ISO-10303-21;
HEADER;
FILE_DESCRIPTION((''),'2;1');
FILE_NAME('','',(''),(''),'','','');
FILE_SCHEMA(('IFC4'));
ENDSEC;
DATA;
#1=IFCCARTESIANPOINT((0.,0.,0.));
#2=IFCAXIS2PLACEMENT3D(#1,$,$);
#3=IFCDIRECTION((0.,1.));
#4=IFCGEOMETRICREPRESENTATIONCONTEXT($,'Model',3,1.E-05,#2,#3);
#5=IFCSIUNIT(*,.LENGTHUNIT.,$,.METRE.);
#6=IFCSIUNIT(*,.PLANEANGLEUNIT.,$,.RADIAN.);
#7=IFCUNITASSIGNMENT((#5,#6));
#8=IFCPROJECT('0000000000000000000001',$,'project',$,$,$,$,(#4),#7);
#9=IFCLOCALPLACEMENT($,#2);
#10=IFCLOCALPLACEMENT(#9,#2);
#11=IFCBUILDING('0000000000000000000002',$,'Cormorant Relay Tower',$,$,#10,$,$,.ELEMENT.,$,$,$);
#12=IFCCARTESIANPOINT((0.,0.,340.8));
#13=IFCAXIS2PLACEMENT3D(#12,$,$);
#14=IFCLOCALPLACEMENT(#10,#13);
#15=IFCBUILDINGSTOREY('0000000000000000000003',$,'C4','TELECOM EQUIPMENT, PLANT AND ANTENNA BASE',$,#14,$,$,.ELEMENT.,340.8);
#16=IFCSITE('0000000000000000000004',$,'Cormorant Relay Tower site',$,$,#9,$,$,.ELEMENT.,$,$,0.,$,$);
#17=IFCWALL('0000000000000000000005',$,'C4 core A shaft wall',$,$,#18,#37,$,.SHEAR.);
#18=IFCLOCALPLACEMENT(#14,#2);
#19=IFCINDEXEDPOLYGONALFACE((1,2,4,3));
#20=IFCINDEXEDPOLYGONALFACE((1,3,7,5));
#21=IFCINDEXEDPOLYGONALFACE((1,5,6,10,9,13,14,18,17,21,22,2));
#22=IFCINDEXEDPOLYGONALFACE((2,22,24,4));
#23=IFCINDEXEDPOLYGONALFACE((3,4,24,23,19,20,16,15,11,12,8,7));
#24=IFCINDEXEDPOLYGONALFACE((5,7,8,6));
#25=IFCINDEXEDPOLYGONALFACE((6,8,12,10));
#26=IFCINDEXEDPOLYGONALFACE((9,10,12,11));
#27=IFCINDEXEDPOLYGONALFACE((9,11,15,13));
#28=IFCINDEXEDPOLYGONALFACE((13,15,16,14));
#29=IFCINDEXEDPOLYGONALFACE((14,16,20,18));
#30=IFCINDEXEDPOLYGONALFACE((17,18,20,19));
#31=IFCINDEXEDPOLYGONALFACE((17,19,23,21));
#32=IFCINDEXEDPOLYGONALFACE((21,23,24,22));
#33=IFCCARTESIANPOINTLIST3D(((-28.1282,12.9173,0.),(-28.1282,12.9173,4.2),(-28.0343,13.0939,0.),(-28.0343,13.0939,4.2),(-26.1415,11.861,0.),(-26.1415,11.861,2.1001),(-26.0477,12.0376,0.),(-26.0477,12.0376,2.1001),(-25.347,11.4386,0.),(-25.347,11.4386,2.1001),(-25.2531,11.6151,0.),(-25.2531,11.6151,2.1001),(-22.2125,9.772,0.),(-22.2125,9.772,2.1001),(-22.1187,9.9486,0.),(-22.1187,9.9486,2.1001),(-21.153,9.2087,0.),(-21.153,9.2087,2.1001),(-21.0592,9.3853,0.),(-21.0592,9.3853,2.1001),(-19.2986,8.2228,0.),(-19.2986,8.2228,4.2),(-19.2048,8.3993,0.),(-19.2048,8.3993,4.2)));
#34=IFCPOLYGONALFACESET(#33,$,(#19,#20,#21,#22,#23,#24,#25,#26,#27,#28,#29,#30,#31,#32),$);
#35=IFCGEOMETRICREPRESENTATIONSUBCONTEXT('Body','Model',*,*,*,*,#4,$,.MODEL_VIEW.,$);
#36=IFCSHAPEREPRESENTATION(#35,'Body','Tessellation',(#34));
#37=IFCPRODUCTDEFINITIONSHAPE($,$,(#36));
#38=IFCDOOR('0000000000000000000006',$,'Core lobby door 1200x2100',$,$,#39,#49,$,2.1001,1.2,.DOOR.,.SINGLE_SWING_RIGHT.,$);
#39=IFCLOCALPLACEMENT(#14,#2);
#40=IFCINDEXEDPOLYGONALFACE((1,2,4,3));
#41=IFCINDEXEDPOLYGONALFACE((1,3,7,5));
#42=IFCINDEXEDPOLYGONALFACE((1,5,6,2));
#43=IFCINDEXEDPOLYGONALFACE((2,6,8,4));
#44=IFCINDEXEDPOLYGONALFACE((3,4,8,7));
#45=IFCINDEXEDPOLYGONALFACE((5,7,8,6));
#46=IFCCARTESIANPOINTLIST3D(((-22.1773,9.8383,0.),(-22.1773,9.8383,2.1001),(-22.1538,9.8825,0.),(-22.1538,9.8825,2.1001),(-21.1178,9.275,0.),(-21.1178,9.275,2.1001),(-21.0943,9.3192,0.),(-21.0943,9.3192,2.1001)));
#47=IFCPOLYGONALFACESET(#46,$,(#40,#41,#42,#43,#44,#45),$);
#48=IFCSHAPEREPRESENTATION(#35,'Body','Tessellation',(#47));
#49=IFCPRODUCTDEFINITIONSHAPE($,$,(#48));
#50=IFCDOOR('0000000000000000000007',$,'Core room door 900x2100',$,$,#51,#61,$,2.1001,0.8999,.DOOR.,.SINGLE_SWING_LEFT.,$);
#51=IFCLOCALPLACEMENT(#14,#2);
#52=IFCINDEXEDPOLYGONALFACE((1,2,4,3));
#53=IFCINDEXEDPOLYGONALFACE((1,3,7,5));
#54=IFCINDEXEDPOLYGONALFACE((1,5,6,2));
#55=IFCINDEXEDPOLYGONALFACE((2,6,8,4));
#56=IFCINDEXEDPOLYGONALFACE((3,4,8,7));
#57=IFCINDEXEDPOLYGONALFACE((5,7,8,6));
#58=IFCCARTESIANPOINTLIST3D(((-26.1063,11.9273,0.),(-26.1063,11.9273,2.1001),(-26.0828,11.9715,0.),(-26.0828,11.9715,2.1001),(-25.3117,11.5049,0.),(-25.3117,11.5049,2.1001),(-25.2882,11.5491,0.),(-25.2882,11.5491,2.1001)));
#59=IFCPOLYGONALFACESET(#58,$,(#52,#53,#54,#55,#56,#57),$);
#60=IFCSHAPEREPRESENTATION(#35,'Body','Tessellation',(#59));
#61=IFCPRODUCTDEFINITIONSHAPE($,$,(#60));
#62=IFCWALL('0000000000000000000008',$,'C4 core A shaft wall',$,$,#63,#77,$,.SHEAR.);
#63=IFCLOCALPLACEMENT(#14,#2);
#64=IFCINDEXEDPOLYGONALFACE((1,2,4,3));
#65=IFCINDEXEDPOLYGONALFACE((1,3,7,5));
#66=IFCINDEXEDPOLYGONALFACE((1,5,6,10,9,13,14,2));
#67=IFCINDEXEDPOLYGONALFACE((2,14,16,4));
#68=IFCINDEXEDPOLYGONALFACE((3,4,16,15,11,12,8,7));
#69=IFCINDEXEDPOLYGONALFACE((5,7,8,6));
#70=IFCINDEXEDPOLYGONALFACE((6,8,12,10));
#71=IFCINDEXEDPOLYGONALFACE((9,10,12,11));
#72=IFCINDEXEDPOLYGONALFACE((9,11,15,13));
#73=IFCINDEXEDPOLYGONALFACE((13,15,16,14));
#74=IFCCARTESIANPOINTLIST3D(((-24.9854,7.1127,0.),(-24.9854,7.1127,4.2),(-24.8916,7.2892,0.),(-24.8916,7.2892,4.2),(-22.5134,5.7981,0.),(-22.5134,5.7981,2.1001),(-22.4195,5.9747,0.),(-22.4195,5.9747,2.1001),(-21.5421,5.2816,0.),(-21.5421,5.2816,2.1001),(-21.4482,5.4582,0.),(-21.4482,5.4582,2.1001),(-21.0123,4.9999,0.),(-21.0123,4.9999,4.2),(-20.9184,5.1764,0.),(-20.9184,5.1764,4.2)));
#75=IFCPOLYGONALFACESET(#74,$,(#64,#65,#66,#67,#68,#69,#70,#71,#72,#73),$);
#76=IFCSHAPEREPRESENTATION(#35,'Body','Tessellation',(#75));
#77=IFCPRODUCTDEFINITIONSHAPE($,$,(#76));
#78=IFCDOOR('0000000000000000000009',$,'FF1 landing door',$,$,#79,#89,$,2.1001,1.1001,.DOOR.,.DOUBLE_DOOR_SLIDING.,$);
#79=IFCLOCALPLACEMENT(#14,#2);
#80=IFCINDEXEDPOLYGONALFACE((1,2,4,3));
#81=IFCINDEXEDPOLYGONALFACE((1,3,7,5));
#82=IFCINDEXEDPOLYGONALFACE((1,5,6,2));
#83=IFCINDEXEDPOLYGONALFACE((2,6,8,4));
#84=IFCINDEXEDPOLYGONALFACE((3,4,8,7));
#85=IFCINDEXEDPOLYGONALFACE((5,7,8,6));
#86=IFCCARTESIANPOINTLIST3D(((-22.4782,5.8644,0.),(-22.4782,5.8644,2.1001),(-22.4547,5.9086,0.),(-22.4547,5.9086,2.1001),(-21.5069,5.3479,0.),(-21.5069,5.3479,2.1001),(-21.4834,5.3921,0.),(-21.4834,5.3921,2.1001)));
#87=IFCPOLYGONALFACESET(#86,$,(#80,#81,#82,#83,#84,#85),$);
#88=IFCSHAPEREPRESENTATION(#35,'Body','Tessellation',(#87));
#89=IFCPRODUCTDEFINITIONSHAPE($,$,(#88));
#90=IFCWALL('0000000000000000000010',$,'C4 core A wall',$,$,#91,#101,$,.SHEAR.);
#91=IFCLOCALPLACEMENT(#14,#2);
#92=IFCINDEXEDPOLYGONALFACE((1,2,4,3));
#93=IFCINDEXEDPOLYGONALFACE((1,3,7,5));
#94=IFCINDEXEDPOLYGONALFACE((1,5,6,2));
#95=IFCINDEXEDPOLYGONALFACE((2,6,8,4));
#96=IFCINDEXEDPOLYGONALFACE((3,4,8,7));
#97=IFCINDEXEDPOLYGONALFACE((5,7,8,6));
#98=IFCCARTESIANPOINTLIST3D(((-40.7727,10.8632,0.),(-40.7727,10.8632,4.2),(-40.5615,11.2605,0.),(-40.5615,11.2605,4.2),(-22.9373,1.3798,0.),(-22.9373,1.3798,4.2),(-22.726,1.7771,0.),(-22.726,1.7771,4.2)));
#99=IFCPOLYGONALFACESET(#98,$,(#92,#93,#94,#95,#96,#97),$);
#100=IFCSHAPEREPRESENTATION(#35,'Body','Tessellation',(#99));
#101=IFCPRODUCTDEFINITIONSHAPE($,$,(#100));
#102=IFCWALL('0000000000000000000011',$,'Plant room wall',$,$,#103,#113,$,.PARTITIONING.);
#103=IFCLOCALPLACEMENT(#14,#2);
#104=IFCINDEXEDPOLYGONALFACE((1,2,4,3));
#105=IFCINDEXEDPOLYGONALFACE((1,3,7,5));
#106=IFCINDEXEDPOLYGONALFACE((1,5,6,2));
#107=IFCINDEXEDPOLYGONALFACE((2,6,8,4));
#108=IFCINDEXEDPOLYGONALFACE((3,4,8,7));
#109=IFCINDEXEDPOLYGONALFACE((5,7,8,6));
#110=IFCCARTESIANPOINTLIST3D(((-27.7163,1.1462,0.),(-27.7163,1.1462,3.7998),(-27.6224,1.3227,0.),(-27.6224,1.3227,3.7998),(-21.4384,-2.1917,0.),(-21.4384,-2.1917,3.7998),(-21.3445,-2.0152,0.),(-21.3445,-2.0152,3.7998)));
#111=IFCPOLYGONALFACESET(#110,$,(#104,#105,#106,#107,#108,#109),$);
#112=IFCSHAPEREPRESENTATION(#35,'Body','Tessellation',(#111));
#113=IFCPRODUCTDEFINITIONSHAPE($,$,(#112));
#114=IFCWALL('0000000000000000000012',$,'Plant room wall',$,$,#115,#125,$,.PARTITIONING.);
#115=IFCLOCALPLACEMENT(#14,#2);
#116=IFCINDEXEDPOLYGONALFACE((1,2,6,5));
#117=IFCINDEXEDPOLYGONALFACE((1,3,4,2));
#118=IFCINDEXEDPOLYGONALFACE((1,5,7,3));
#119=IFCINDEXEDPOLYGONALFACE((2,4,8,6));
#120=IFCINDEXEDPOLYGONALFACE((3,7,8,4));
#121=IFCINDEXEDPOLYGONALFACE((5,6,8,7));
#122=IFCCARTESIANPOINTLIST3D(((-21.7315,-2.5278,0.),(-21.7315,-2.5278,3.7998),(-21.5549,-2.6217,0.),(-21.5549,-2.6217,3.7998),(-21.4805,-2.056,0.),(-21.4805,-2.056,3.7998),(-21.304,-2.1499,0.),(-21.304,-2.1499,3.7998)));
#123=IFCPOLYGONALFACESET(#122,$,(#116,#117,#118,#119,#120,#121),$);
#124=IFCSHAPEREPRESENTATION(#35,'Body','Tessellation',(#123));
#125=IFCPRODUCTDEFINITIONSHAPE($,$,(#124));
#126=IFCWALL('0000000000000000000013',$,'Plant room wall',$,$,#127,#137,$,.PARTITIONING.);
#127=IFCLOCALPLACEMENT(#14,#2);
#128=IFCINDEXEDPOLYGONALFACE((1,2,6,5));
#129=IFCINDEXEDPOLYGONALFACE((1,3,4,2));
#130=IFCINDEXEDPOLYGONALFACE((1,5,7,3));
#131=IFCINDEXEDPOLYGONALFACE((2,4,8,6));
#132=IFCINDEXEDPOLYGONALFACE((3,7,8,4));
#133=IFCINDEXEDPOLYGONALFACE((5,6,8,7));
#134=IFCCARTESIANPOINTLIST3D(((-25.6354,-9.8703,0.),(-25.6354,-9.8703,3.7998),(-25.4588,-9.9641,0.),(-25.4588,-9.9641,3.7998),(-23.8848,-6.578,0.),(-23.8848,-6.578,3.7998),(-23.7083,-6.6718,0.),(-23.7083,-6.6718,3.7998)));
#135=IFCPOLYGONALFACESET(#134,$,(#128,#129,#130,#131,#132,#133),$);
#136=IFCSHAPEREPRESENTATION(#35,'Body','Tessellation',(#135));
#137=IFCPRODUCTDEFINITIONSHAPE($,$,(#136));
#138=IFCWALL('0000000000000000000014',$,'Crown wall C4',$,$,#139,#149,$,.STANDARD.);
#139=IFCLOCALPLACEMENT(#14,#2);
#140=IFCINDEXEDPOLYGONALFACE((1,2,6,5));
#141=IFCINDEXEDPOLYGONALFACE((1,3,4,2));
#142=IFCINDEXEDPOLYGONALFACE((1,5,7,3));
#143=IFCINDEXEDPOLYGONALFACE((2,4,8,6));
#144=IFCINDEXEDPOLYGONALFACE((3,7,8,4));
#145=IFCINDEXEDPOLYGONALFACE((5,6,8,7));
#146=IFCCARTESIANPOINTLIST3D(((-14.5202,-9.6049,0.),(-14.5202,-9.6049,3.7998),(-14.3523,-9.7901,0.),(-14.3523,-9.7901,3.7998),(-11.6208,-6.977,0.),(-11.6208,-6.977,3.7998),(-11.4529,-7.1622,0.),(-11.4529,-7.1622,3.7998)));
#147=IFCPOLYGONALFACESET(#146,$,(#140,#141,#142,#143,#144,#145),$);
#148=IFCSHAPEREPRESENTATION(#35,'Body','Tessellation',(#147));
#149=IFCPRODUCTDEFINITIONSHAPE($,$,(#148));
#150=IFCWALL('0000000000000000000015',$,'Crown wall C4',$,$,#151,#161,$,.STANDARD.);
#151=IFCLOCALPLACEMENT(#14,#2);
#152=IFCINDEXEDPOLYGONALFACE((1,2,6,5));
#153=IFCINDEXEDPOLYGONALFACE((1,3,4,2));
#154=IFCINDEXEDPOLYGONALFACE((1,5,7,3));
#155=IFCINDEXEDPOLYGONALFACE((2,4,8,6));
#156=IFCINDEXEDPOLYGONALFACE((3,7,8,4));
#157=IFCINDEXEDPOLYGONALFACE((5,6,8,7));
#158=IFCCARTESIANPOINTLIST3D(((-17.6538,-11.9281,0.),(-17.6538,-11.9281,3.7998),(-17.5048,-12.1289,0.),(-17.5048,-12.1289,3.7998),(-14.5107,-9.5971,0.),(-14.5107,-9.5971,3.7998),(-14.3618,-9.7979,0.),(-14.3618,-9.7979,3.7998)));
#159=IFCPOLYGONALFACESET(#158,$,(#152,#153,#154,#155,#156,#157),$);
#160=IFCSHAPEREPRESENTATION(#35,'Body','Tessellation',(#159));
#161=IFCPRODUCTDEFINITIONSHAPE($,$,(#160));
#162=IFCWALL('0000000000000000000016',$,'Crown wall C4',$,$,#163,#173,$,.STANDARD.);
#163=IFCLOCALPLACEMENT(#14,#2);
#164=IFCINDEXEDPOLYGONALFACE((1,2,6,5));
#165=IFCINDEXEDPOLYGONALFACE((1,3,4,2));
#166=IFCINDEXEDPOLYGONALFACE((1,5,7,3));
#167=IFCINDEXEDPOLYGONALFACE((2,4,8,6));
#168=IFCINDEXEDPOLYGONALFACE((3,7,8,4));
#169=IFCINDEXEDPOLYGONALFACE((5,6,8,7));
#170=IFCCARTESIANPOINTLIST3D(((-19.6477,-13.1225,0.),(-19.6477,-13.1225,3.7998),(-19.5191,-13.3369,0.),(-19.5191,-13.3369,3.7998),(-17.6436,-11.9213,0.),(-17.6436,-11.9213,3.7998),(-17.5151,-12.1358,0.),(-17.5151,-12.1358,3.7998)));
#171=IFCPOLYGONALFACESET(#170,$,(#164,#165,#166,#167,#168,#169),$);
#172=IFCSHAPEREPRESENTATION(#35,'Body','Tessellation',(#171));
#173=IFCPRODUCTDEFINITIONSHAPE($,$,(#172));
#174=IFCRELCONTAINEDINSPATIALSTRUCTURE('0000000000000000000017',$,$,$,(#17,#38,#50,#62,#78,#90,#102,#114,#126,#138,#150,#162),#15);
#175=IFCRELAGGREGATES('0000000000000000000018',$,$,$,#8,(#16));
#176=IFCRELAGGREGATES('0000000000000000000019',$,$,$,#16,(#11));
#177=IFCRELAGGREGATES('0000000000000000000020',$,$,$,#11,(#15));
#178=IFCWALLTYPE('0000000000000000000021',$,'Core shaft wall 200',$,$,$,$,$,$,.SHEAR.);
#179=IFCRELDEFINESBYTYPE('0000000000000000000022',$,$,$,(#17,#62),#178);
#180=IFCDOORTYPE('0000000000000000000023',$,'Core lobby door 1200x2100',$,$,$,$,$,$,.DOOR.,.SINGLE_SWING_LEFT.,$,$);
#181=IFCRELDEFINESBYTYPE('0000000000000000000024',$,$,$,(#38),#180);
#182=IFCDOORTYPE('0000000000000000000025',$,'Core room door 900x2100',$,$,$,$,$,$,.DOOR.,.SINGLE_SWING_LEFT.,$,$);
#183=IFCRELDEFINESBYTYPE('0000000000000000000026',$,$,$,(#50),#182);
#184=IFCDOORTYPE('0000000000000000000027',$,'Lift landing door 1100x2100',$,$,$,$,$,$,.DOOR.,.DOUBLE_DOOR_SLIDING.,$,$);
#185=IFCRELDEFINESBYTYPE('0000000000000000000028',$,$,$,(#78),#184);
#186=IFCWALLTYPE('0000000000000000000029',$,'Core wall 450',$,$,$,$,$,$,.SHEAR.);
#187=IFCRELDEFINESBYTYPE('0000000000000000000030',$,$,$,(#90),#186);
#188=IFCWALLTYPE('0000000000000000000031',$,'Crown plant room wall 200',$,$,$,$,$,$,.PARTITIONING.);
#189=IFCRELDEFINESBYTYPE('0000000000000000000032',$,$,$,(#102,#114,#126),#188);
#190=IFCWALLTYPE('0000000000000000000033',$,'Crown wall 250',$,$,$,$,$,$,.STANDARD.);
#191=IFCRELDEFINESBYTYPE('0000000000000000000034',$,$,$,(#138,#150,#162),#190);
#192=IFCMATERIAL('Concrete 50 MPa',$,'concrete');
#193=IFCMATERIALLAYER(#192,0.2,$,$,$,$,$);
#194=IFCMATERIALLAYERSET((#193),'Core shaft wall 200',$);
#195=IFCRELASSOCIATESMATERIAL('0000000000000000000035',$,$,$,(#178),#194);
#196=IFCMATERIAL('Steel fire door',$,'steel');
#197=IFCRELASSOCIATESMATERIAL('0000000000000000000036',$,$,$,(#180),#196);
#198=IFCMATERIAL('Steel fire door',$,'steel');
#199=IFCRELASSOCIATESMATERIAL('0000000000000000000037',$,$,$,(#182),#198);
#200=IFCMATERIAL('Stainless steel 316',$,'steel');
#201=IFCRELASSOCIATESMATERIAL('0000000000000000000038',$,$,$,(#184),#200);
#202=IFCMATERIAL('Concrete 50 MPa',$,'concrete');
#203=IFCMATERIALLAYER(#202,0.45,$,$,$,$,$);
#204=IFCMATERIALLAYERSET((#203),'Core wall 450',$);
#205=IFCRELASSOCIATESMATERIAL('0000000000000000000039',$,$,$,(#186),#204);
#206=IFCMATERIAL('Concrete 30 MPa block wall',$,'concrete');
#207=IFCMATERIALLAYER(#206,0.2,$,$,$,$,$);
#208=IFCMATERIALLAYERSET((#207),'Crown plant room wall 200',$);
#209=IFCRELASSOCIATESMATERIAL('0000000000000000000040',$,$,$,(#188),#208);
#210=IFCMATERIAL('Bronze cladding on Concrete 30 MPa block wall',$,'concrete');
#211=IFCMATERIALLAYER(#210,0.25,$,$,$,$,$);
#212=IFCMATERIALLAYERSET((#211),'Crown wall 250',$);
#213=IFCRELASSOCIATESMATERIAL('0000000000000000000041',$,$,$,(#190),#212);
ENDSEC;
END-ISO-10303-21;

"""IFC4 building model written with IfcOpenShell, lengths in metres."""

from ifc_helpers import new_model, si_unit, direction, frame, frame_2d, origin, place, context, subcontext, project, spatial, rectangle, extrude, material, layer, layer_set, type_object, element, fill, save


model = new_model("IFC4")

# Units and contexts
model_context = context("Model", 3, precision=1e-05, world=origin(), true_north=direction((0.0, 1.0)))
body_context = subcontext(model_context, "Body", "Model", "MODEL_VIEW")
ifc_project = project(units=[si_unit("LENGTHUNIT", "METRE"), si_unit("PLANEANGLEUNIT", "RADIAN")], contexts=[model_context])

# Site, building, storey
site_placement = place(None, origin())
site = spatial("IfcSite", under=ifc_project, at=site_placement, Name="Cormorant Relay Tower site", CompositionType="ELEMENT", RefElevation=0.0)
building_placement = place(site_placement, origin())
building = spatial("IfcBuilding", under=site, at=building_placement, Name="Cormorant Relay Tower", CompositionType="ELEMENT")
storey_placement = place(building_placement, frame((0.0, 0.0, 340.8)))
storey = spatial("IfcBuildingStorey", under=building, at=storey_placement, Name="C4", Description="TELECOM EQUIPMENT, PLANT AND ANTENNA BASE", CompositionType="ELEMENT", Elevation=340.8)

# Shared definitions
ifc_material_1 = material(Name="Concrete 50 MPa", Category="concrete")
ifc_layer_1 = layer(ifc_material_1, 0.2)
ifc_layer_set_1 = layer_set([ifc_layer_1], Name="Core shaft wall 200")
wall_type_1 = type_object("IfcWallType", Name="Core shaft wall 200", PredefinedType="SHEAR", material=ifc_layer_set_1)

# Wall, openings, doors
wall_1_placement = place(storey_placement, frame((-19.2517, 8.311, 0.0), z_axis=(0.0, 0.0, 1.0), x_axis=(-0.882956, 0.469456, 0.0)))
wall_1 = element("IfcWall", 1, at=wall_1_placement, inside=storey, type_object=wall_type_1, Name="C4 core A shaft wall", PredefinedType="SHEAR", context=body_context, shape_type="SweptSolid", body=[
    extrude(rectangle(XDim=10.0, YDim=0.2, at=frame_2d((5.0, 0.0))), origin(), (0.0, 0.0, 1.0), 4.2),
])
opening_1_placement = place(wall_1_placement, frame((2.1001, 0.0, 0.0)))
opening_1 = element("IfcOpeningElement", 2, at=opening_1_placement, cuts=wall_1, PredefinedType="OPENING", context=body_context, shape_type="SweptSolid", body=[
    extrude(rectangle(XDim=1.2, YDim=2.1001, at=frame_2d((0.6001, 1.05))), frame((0.0, 0.1099, 0.0), z_axis=(0.0, -1.0, 0.0), x_axis=(1.0, 0.0, 0.0)), (0.0, 0.0, 1.0), 0.22),
])
opening_2_placement = place(wall_1_placement, frame((6.8501, 0.0, 0.0)))
opening_2 = element("IfcOpeningElement", 3, at=opening_2_placement, cuts=wall_1, PredefinedType="OPENING", context=body_context, shape_type="SweptSolid", body=[
    extrude(rectangle(XDim=0.8999, YDim=2.1001, at=frame_2d((0.45, 1.05))), frame((0.0, 0.1099, 0.0), z_axis=(0.0, -1.0, 0.0), x_axis=(1.0, 0.0, 0.0)), (0.0, 0.0, 1.0), 0.22),
])
ifc_material_2 = material(Name="Steel fire door", Category="steel")
door_type_1 = type_object("IfcDoorType", Name="Core lobby door 1200x2100", OperationType="SINGLE_SWING_LEFT", PredefinedType="DOOR", material=ifc_material_2)
door_1_placement = place(opening_1_placement, origin())
door_1 = element("IfcDoor", 4, at=door_1_placement, inside=storey, type_object=door_type_1, Name="Core lobby door 1200x2100", OperationType="SINGLE_SWING_RIGHT", OverallHeight=2.1001, OverallWidth=1.2, PredefinedType="DOOR", context=body_context, shape_type="SweptSolid", body=[
    extrude(rectangle(XDim=1.2, YDim=2.1001, at=frame_2d((0.6001, 1.05))), frame((0.0, 0.0249, 0.0), z_axis=(0.0, -1.0, 0.0), x_axis=(1.0, 0.0, 0.0)), (0.0, 0.0, 1.0), 0.05),
])
fill(opening_1, door_1)
ifc_material_3 = material(Name="Steel fire door", Category="steel")
door_type_2 = type_object("IfcDoorType", Name="Core room door 900x2100", OperationType="SINGLE_SWING_LEFT", PredefinedType="DOOR", material=ifc_material_3)
door_2_placement = place(opening_2_placement, origin())
door_2 = element("IfcDoor", 5, at=door_2_placement, inside=storey, type_object=door_type_2, Name="Core room door 900x2100", OperationType="SINGLE_SWING_LEFT", OverallHeight=2.1001, OverallWidth=0.8999, PredefinedType="DOOR", context=body_context, shape_type="SweptSolid", body=[
    extrude(rectangle(XDim=0.8999, YDim=2.1001, at=frame_2d((0.45, 1.05))), frame((0.0, 0.0249, 0.0), z_axis=(0.0, -1.0, 0.0), x_axis=(1.0, 0.0, 0.0)), (0.0, 0.0, 1.0), 0.05),
])
fill(opening_2, door_2)

# Wall, opening, door
wall_2_placement = place(storey_placement, frame((-20.9653, 5.0881, 0.0), z_axis=(0.0, 0.0, 1.0), x_axis=(-0.882926, 0.469512, 0.0)))
wall_2 = element("IfcWall", 6, at=wall_2_placement, inside=storey, type_object=wall_type_1, Name="C4 core A shaft wall", PredefinedType="SHEAR", context=body_context, shape_type="SweptSolid", body=[
    extrude(rectangle(XDim=4.5, YDim=0.2, at=frame_2d((2.25, 0.0))), origin(), (0.0, 0.0, 1.0), 4.2),
])
opening_3_placement = place(wall_2_placement, frame((0.6001, 0.0, 0.0)))
opening_3 = element("IfcOpeningElement", 7, at=opening_3_placement, cuts=wall_2, PredefinedType="OPENING", context=body_context, shape_type="SweptSolid", body=[
    extrude(rectangle(XDim=1.1001, YDim=2.1001, at=frame_2d((0.55, 1.05))), frame((0.0, 0.1099, 0.0), z_axis=(0.0, -1.0, 0.0), x_axis=(1.0, 0.0, 0.0)), (0.0, 0.0, 1.0), 0.22),
])
ifc_material_4 = material(Name="Stainless steel 316", Category="steel")
door_type_3 = type_object("IfcDoorType", Name="Lift landing door 1100x2100", OperationType="DOUBLE_DOOR_SLIDING", PredefinedType="DOOR", material=ifc_material_4)
door_3_placement = place(opening_3_placement, origin())
door_3 = element("IfcDoor", 8, at=door_3_placement, inside=storey, type_object=door_type_3, Name="FF1 landing door", OperationType="DOUBLE_DOOR_SLIDING", OverallHeight=2.1001, OverallWidth=1.1001, PredefinedType="DOOR", context=body_context, shape_type="SweptSolid", body=[
    extrude(rectangle(XDim=1.1001, YDim=2.1001, at=frame_2d((0.55, 1.05))), frame((0.0, 0.0249, 0.0), z_axis=(0.0, -1.0, 0.0), x_axis=(1.0, 0.0, 0.0)), (0.0, 0.0, 1.0), 0.05),
])
fill(opening_3, door_3)

# Walls
ifc_material_5 = material(Name="Concrete 50 MPa", Category="concrete")
ifc_layer_2 = layer(ifc_material_5, 0.45)
ifc_layer_set_2 = layer_set([ifc_layer_2], Name="Core wall 450")
wall_type_2 = type_object("IfcWallType", Name="Core wall 450", PredefinedType="SHEAR", material=ifc_layer_set_2)
wall_3_placement = place(storey_placement, frame((-22.8315, 1.5784, 0.0), z_axis=(0.0, 0.0, 1.0), x_axis=(-0.882945, 0.469476, 0.0)))
element("IfcWall", 9, at=wall_3_placement, inside=storey, type_object=wall_type_2, Name="C4 core A wall", PredefinedType="SHEAR", context=body_context, shape_type="SweptSolid", body=[
    extrude(rectangle(XDim=20.2, YDim=0.45, at=frame_2d((10.1001, 0.0))), origin(), (0.0, 0.0, 1.0), 4.2),
])
ifc_material_6 = material(Name="Concrete 30 MPa block wall", Category="concrete")
ifc_layer_3 = layer(ifc_material_6, 0.2)
ifc_layer_set_3 = layer_set([ifc_layer_3], Name="Crown plant room wall 200")
wall_type_3 = type_object("IfcWallType", Name="Crown plant room wall 200", PredefinedType="PARTITIONING", material=ifc_layer_set_3)
wall_4_placement = place(storey_placement, frame((-21.3914, -2.1035, 0.0), z_axis=(0.0, 0.0, 1.0), x_axis=(-0.882953, 0.469461, 0.0)))
element("IfcWall", 10, at=wall_4_placement, inside=storey, type_object=wall_type_3, Name="Plant room wall", PredefinedType="PARTITIONING", context=body_context, shape_type="SweptSolid", body=[
    extrude(rectangle(XDim=7.1101, YDim=0.2, at=frame_2d((3.5552, 0.0))), origin(), (0.0, 0.0, 1.0), 3.7998),
])
wall_5_placement = place(storey_placement, frame((-21.3923, -2.103, 0.0), z_axis=(0.0, 0.0, 1.0), x_axis=(-0.469545, -0.882909, 0.0)))
element("IfcWall", 11, at=wall_5_placement, inside=storey, type_object=wall_type_3, Name="Plant room wall", PredefinedType="PARTITIONING", context=body_context, shape_type="SweptSolid", body=[
    extrude(rectangle(XDim=0.5344, YDim=0.2, at=frame_2d((0.2671, 0.0))), origin(), (0.0, 0.0, 1.0), 3.7998),
])
wall_6_placement = place(storey_placement, frame((-23.7966, -6.625, 0.0), z_axis=(0.0, 0.0, 1.0), x_axis=(-0.469466, -0.88295, 0.0)))
element("IfcWall", 12, at=wall_6_placement, inside=storey, type_object=wall_type_3, Name="Plant room wall", PredefinedType="PARTITIONING", context=body_context, shape_type="SweptSolid", body=[
    extrude(rectangle(XDim=3.7288, YDim=0.2, at=frame_2d((1.8643, 0.0))), origin(), (0.0, 0.0, 1.0), 3.7998),
])
ifc_material_7 = material(Name="Bronze cladding on Concrete 30 MPa block wall", Category="concrete")
ifc_layer_4 = layer(ifc_material_7, 0.25)
ifc_layer_set_4 = layer_set([ifc_layer_4], Name="Crown wall 250")
wall_type_4 = type_object("IfcWallType", Name="Crown wall 250", PredefinedType="STANDARD", material=ifc_layer_set_4)
for number, where, z_axis, x_axis, name in (
    (13, (-11.5369, -7.0696, 0.0), (0.0, 0.0, 1.0), (-0.740944, -0.671567, 0.0), "Crown wall C4"),
    (14, (-14.4363, -9.6975, 0.0), (0.0, 0.0, 1.0), (-0.803208, -0.595699, 0.0), "Crown wall C4"),
):
    element("IfcWall", number, at=place(storey_placement, frame(where, z_axis=z_axis, x_axis=x_axis)), inside=storey, type_object=wall_type_4, Name=name, PredefinedType="STANDARD", context=body_context, shape_type="SweptSolid", body=[
        extrude(rectangle(XDim=3.9131, YDim=0.25, at=frame_2d((1.9565, 0.0))), origin(), (0.0, 0.0, 1.0), 3.7998),
    ])
wall_7_placement = place(storey_placement, frame((-17.5793, -12.0286, 0.0), z_axis=(0.0, 0.0, 1.0), x_axis=(-0.857742, -0.514081, 0.0)))
element("IfcWall", 15, at=wall_7_placement, inside=storey, type_object=wall_type_4, Name="Crown wall C4", PredefinedType="STANDARD", context=body_context, shape_type="SweptSolid", body=[
    extrude(rectangle(XDim=2.3364, YDim=0.25, at=frame_2d((1.1682, 0.0))), origin(), (0.0, 0.0, 1.0), 3.7998),
])

save(model, "model.ifc")
